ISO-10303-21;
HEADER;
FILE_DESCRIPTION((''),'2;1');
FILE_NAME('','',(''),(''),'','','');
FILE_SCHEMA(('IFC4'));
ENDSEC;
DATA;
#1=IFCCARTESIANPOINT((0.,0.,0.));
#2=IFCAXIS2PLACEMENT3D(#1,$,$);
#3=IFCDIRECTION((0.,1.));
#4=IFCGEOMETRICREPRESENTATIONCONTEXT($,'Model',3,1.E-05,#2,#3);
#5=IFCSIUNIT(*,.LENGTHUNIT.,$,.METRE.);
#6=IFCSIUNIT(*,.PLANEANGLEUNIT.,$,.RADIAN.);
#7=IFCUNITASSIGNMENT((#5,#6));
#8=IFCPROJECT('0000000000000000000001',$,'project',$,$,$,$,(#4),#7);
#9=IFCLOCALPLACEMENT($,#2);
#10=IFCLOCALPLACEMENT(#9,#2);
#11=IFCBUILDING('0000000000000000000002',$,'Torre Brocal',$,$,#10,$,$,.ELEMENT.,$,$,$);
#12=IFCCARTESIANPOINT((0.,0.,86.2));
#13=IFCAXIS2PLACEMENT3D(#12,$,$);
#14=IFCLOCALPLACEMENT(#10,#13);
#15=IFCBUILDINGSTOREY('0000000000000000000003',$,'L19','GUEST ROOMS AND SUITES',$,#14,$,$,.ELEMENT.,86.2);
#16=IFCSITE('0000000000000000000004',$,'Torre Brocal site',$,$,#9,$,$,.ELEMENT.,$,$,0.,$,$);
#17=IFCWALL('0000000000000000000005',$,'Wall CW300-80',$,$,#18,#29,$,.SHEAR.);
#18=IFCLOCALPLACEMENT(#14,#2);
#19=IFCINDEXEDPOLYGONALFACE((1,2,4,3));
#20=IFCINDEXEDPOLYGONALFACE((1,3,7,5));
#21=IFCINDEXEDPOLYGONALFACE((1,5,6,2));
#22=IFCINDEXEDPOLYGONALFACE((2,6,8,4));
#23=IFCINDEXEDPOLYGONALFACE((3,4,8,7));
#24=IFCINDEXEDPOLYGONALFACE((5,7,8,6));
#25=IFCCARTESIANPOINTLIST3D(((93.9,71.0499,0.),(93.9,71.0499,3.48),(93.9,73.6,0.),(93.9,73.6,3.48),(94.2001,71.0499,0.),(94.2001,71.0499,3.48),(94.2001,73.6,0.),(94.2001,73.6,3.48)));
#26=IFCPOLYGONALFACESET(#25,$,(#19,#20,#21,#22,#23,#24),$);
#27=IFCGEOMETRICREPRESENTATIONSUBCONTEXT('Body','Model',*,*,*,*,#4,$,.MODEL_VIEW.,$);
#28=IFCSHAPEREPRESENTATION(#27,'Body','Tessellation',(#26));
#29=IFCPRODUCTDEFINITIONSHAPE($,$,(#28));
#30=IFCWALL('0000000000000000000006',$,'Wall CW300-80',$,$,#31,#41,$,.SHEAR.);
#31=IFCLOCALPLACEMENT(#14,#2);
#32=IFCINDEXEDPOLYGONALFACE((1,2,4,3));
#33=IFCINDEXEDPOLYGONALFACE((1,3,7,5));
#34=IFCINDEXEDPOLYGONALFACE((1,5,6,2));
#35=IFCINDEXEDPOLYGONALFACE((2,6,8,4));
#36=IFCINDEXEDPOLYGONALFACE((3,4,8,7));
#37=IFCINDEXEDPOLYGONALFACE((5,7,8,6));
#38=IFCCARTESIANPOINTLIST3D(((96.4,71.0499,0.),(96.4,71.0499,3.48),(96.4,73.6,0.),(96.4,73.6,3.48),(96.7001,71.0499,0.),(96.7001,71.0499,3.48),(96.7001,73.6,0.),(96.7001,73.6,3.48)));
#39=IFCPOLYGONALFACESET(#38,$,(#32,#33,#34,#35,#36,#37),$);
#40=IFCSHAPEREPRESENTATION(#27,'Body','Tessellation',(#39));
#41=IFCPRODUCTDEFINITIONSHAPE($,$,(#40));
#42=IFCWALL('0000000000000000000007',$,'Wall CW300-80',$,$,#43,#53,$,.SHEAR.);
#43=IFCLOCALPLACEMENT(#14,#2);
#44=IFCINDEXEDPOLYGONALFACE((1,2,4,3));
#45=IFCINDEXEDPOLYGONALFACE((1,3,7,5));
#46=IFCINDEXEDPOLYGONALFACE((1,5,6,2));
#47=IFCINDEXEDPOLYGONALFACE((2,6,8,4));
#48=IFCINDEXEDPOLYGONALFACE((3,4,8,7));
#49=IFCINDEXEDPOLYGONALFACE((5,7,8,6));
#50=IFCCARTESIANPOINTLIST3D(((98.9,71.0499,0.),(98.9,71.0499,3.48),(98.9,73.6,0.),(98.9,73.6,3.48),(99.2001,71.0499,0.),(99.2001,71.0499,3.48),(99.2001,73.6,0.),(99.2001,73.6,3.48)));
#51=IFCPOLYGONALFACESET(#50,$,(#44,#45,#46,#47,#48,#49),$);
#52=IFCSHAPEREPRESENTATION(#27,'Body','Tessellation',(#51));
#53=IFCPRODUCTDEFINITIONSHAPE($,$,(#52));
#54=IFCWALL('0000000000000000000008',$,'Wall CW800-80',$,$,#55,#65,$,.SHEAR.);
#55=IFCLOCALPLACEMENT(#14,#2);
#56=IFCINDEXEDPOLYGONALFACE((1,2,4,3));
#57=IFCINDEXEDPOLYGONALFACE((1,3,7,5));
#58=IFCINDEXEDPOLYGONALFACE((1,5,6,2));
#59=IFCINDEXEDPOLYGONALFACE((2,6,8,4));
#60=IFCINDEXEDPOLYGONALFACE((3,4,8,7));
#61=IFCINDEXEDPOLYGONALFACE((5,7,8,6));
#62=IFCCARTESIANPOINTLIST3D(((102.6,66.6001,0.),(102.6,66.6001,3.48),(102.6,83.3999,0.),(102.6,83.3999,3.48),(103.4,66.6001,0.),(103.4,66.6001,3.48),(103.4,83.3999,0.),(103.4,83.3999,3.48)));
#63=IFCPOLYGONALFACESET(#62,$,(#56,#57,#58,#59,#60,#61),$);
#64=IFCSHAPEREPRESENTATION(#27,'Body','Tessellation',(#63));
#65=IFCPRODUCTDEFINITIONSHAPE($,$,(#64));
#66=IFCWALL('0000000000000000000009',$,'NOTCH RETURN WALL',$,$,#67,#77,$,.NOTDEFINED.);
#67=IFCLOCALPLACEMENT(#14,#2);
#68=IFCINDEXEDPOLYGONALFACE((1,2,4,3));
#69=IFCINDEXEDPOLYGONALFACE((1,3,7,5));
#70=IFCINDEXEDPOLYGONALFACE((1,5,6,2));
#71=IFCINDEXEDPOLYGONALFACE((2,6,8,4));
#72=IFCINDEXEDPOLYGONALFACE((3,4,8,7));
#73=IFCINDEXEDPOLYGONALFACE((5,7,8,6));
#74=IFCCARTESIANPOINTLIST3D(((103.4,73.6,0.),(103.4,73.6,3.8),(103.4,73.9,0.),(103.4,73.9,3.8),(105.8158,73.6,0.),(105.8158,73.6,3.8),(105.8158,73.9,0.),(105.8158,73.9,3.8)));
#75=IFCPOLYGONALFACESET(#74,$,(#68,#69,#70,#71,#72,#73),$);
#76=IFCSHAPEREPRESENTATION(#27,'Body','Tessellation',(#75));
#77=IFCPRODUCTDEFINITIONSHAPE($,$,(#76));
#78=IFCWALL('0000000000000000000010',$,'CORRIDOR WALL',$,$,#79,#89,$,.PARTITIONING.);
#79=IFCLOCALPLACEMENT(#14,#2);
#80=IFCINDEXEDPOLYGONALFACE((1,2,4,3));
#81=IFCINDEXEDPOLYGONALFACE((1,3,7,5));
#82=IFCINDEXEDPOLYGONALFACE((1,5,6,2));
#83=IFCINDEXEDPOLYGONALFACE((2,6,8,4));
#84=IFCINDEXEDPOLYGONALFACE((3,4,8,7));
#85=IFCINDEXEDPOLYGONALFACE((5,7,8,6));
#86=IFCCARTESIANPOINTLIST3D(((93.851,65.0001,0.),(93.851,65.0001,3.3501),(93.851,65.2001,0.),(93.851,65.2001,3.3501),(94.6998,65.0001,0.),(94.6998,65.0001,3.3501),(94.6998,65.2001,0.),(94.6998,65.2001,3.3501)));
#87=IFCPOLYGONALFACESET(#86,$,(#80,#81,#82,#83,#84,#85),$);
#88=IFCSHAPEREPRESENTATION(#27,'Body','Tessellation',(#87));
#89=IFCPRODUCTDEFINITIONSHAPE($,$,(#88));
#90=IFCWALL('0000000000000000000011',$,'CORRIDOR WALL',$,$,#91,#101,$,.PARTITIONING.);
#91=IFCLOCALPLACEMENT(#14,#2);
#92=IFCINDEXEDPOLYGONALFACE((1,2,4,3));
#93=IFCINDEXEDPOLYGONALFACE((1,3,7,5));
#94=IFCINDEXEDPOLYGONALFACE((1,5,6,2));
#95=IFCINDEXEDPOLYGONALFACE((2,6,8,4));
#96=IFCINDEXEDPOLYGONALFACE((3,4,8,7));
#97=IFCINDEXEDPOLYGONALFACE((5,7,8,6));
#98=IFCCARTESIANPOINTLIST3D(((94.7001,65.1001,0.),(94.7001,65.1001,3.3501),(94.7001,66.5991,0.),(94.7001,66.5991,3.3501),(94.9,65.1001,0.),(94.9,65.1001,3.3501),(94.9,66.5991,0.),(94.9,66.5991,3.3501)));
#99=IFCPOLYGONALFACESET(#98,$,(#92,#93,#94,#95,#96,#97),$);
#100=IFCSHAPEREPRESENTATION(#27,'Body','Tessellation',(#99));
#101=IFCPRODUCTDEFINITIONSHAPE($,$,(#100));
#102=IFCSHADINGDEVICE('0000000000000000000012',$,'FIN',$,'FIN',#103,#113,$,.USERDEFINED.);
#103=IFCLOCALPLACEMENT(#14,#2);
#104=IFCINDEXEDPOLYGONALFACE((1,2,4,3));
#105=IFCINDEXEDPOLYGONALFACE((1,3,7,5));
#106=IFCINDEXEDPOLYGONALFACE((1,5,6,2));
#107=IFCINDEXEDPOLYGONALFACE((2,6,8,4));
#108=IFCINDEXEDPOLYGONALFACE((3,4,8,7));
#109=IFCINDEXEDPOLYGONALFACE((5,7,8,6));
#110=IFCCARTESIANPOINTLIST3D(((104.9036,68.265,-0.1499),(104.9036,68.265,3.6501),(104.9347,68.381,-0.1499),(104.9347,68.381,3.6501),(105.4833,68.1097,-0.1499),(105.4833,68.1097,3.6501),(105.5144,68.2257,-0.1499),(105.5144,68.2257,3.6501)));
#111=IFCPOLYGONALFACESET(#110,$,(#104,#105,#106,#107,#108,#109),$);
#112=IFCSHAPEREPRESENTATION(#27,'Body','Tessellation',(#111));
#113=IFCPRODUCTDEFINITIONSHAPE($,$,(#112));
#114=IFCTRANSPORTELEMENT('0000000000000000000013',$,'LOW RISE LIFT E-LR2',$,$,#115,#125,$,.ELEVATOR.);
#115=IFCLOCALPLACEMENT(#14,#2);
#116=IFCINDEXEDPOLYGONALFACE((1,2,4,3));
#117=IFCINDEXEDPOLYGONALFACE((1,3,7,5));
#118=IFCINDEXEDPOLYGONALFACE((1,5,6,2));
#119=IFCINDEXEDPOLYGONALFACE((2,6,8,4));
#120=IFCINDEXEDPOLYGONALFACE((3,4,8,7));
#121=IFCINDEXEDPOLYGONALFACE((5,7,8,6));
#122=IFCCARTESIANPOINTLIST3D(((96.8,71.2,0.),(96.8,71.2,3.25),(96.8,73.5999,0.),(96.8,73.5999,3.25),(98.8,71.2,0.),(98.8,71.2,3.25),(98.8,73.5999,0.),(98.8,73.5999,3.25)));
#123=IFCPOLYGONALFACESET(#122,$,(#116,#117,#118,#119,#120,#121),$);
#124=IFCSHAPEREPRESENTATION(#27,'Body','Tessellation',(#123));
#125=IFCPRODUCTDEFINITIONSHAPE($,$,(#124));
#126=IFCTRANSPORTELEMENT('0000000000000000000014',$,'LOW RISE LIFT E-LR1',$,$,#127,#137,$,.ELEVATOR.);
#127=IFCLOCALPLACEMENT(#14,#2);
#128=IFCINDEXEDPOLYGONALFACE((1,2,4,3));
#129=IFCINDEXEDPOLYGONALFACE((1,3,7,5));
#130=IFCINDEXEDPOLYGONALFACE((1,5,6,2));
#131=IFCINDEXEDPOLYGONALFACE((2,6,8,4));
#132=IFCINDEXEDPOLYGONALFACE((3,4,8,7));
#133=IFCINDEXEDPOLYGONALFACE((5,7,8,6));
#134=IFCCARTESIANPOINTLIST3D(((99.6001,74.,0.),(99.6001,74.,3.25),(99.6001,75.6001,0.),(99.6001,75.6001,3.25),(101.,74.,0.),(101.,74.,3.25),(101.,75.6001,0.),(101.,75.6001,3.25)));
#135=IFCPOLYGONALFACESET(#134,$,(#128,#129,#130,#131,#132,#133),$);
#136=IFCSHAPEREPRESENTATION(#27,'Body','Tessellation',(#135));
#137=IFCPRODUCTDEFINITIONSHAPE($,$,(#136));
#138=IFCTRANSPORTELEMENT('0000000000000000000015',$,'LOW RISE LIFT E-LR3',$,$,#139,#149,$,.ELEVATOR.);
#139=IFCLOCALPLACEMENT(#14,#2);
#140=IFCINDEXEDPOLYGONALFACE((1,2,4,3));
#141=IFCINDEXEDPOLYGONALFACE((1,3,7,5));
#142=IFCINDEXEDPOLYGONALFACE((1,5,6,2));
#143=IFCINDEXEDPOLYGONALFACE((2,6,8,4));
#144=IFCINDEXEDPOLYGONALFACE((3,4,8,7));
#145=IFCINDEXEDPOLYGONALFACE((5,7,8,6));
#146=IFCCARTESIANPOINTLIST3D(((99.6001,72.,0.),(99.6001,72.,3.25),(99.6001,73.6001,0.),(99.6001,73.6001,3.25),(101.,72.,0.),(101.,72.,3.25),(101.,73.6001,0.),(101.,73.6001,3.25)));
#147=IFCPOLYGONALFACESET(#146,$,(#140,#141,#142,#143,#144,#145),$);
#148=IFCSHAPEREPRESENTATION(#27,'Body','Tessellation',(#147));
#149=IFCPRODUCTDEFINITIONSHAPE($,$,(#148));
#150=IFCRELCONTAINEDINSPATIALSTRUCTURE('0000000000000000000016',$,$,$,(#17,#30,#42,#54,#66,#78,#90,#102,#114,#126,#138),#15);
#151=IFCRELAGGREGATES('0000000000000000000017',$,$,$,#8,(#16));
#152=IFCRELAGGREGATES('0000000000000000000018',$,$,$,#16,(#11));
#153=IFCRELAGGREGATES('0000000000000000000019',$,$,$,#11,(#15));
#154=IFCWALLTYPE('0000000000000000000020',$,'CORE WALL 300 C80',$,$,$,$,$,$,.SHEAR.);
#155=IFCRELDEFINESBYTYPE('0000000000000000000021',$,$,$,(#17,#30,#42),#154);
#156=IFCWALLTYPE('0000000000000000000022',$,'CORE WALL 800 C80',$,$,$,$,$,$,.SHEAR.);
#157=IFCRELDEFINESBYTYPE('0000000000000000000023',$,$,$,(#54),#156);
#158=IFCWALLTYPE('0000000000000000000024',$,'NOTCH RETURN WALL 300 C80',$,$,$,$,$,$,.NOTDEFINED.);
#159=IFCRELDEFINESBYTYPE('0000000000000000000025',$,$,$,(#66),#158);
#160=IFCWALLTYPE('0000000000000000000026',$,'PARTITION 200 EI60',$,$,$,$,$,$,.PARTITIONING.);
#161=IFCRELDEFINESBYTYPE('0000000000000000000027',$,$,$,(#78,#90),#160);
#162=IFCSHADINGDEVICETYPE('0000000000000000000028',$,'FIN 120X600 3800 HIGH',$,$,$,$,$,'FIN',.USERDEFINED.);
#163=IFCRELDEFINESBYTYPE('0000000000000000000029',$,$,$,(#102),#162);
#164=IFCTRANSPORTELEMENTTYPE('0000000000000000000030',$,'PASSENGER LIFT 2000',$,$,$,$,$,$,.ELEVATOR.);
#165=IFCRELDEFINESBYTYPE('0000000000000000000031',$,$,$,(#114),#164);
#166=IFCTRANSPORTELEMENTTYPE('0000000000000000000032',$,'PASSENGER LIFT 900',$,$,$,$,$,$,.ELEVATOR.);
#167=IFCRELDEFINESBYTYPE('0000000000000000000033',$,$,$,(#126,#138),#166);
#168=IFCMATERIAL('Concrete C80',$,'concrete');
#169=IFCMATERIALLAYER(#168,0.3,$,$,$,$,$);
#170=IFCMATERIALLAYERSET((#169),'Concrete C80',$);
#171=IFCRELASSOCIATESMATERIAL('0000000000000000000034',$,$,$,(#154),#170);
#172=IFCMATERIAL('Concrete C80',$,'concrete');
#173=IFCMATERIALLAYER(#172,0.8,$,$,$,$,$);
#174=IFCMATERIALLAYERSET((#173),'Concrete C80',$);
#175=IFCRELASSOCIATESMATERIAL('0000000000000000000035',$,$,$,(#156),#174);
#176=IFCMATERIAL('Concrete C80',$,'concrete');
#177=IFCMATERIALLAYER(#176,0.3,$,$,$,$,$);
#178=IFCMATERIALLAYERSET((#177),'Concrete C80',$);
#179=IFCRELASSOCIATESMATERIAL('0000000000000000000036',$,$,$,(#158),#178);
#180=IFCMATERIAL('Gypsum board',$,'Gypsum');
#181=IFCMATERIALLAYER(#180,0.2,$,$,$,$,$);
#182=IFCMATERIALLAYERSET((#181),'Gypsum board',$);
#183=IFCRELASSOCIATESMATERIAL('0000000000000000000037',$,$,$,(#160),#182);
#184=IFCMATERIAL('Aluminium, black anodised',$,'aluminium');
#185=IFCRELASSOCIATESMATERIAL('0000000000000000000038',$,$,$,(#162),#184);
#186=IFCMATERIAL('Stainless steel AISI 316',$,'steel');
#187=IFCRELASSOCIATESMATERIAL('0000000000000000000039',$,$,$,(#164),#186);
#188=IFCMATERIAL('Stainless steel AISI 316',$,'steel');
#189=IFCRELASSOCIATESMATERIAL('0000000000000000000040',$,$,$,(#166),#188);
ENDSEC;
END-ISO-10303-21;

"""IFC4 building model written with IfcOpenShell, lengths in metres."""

from ifc_helpers import new_model, si_unit, direction, frame, frame_2d, origin, origin_2d, place, context, subcontext, project, spatial, rectangle, extrude, material, layer, layer_set, material_profile, profile_set, type_object, element, save


model = new_model("IFC4")

# Units and contexts
model_context = context("Model", 3, precision=1e-05, world=origin(), true_north=direction((0.0, 1.0)))
body_context = subcontext(model_context, "Body", "Model", "MODEL_VIEW")
ifc_project = project(units=[si_unit("LENGTHUNIT", "METRE"), si_unit("PLANEANGLEUNIT", "RADIAN")], contexts=[model_context])

# Site, building, storey
site_placement = place(None, origin())
site = spatial("IfcSite", under=ifc_project, at=site_placement, Name="Torre Brocal site", CompositionType="ELEMENT", RefElevation=0.0)
building_placement = place(site_placement, origin())
building = spatial("IfcBuilding", under=site, at=building_placement, Name="Torre Brocal", CompositionType="ELEMENT")
storey_placement = place(building_placement, frame((0.0, 0.0, 86.2)))
storey = spatial("IfcBuildingStorey", under=building, at=storey_placement, Name="L19", Description="GUEST ROOMS AND SUITES", CompositionType="ELEMENT", Elevation=86.2)

# Walls
ifc_material_1 = material(Name="Concrete C80", Category="concrete")
ifc_layer_1 = layer(ifc_material_1, 0.3)
ifc_layer_set_1 = layer_set([ifc_layer_1], Name="Concrete C80")
wall_type_1 = type_object("IfcWallType", Name="CORE WALL 300 C80", PredefinedType="SHEAR", material=ifc_layer_set_1)
for number, where, z_axis, x_axis, name in (
    (1, (94.05, 71.05, 0.0), (0.0, 0.0, 1.0), (0.0, 1.0, 0.0), "Wall CW300-80"),
    (2, (96.55, 71.05, 0.0), (0.0, 0.0, 1.0), (0.0, 1.0, 0.0), "Wall CW300-80"),
    (3, (99.05, 71.05, 0.0), (0.0, 0.0, 1.0), (0.0, 1.0, 0.0), "Wall CW300-80"),
):
    element("IfcWall", number, at=place(storey_placement, frame(where, z_axis=z_axis, x_axis=x_axis)), inside=storey, type_object=wall_type_1, Name=name, PredefinedType="SHEAR", context=body_context, shape_type="SweptSolid", body=[
        extrude(rectangle(XDim=2.55, YDim=0.3, at=frame_2d((1.2749, 0.0))), origin(), (0.0, 0.0, 1.0), 3.48),
    ])
ifc_material_2 = material(Name="Concrete C80", Category="concrete")
ifc_layer_2 = layer(ifc_material_2, 0.8)
ifc_layer_set_2 = layer_set([ifc_layer_2], Name="Concrete C80")
wall_type_2 = type_object("IfcWallType", Name="CORE WALL 800 C80", PredefinedType="SHEAR", material=ifc_layer_set_2)
wall_1_placement = place(storey_placement, frame((103.0, 66.6001, 0.0), z_axis=(0.0, 0.0, 1.0), x_axis=(0.0, 1.0, 0.0)))
element("IfcWall", 4, at=wall_1_placement, inside=storey, type_object=wall_type_2, Name="Wall CW800-80", PredefinedType="SHEAR", context=body_context, shape_type="SweptSolid", body=[
    extrude(rectangle(XDim=16.7998, YDim=0.8, at=frame_2d((8.3999, 0.0))), origin(), (0.0, 0.0, 1.0), 3.48),
])
ifc_material_3 = material(Name="Concrete C80", Category="concrete")
ifc_layer_3 = layer(ifc_material_3, 0.3)
ifc_layer_set_3 = layer_set([ifc_layer_3], Name="Concrete C80")
wall_type_3 = type_object("IfcWallType", Name="NOTCH RETURN WALL 300 C80", PredefinedType="NOTDEFINED", material=ifc_layer_set_3)
wall_2_placement = place(storey_placement, frame((103.3999, 73.75, 0.0), z_axis=(0.0, 0.0, 1.0), x_axis=(1.0, 0.0, 0.0)))
element("IfcWall", 5, at=wall_2_placement, inside=storey, type_object=wall_type_3, Name="NOTCH RETURN WALL", PredefinedType="NOTDEFINED", context=body_context, shape_type="SweptSolid", body=[
    extrude(rectangle(XDim=2.4158, YDim=0.3, at=frame_2d((1.208, 0.0))), origin(), (0.0, 0.0, 1.0), 3.8),
])
ifc_material_4 = material(Name="Gypsum board", Category="Gypsum")
ifc_layer_4 = layer(ifc_material_4, 0.2)
ifc_layer_set_4 = layer_set([ifc_layer_4], Name="Gypsum board")
wall_type_4 = type_object("IfcWallType", Name="PARTITION 200 EI60", PredefinedType="PARTITIONING", material=ifc_layer_set_4)
wall_3_placement = place(storey_placement, frame((93.8511, 65.1001, 0.0), z_axis=(0.0, 0.0, 1.0), x_axis=(1.0, 0.0, 0.0)))
element("IfcWall", 6, at=wall_3_placement, inside=storey, type_object=wall_type_4, Name="CORRIDOR WALL", PredefinedType="PARTITIONING", context=body_context, shape_type="SweptSolid", body=[
    extrude(rectangle(XDim=0.8489, YDim=0.2, at=frame_2d((0.4243, 0.0))), origin(), (0.0, 0.0, 1.0), 3.3501),
])
wall_4_placement = place(storey_placement, frame((94.8, 65.1001, 0.0), z_axis=(0.0, 0.0, 1.0), x_axis=(0.0, 1.0, 0.0)))
element("IfcWall", 7, at=wall_4_placement, inside=storey, type_object=wall_type_4, Name="CORRIDOR WALL", PredefinedType="PARTITIONING", context=body_context, shape_type="SweptSolid", body=[
    extrude(rectangle(XDim=1.499, YDim=0.2, at=frame_2d((0.7495, 0.0))), origin(), (0.0, 0.0, 1.0), 3.3501),
])

# Shading device
ifc_material_5 = material(Name="Aluminium, black anodised", Category="aluminium")
ifc_material_profile_1 = material_profile(ifc_material_5, rectangle(XDim=0.1201, YDim=0.6001, at=origin_2d()), Name="FIN 120X600 3800 HIGH")
ifc_profile_set_1 = profile_set([ifc_material_profile_1], Name="Aluminium, black anodised")
shading_device_type = type_object("IfcShadingDeviceType", Name="FIN 120X600 3800 HIGH", ElementType="FIN", PredefinedType="USERDEFINED", material=ifc_profile_set_1)
shading_device_placement = place(storey_placement, frame((105.209, 68.2454, -0.1499), z_axis=(0.0, 0.0, 1.0), x_axis=(0.258819, 0.965926, 0.0)))
element("IfcShadingDevice", 8, at=shading_device_placement, inside=storey, type_object=shading_device_type, Name="FIN", ObjectType="FIN", PredefinedType="USERDEFINED", context=body_context, shape_type="SweptSolid", body=[
    extrude(rectangle(XDim=0.1201, YDim=0.6001, at=origin_2d()), origin(), (0.0, 0.0, 1.0), 3.8),
])

# Transport elements
ifc_material_6 = material(Name="Stainless steel AISI 316", Category="steel")
transport_element_type_1 = type_object("IfcTransportElementType", Name="PASSENGER LIFT 2000", PredefinedType="ELEVATOR", material=ifc_material_6)
transport_element_placement = place(storey_placement, frame((97.8, 72.3999, 0.0), z_axis=(0.0, 0.0, 1.0), x_axis=(1.0, 0.0, 0.0)))
element("IfcTransportElement", 9, at=transport_element_placement, inside=storey, type_object=transport_element_type_1, Name="LOW RISE LIFT E-LR2", PredefinedType="ELEVATOR", context=body_context, shape_type="SweptSolid", body=[
    extrude(rectangle(XDim=2.0, YDim=2.3999, at=origin_2d()), origin(), (0.0, 0.0, 1.0), 3.25),
])
ifc_material_7 = material(Name="Stainless steel AISI 316", Category="steel")
transport_element_type_2 = type_object("IfcTransportElementType", Name="PASSENGER LIFT 900", PredefinedType="ELEVATOR", material=ifc_material_7)
for number, where, z_axis, x_axis, name in (
    (10, (100.3, 74.8, 0.0), (0.0, 0.0, 1.0), (1.0, 0.0, 0.0), "LOW RISE LIFT E-LR1"),
    (11, (100.3, 72.8, 0.0), (0.0, 0.0, 1.0), (1.0, 0.0, 0.0), "LOW RISE LIFT E-LR3"),
):
    element("IfcTransportElement", number, at=place(storey_placement, frame(where, z_axis=z_axis, x_axis=x_axis)), inside=storey, type_object=transport_element_type_2, Name=name, PredefinedType="ELEVATOR", context=body_context, shape_type="SweptSolid", body=[
        extrude(rectangle(XDim=1.3999, YDim=1.6001, at=origin_2d()), origin(), (0.0, 0.0, 1.0), 3.25),
    ])

save(model, "model.ifc")
